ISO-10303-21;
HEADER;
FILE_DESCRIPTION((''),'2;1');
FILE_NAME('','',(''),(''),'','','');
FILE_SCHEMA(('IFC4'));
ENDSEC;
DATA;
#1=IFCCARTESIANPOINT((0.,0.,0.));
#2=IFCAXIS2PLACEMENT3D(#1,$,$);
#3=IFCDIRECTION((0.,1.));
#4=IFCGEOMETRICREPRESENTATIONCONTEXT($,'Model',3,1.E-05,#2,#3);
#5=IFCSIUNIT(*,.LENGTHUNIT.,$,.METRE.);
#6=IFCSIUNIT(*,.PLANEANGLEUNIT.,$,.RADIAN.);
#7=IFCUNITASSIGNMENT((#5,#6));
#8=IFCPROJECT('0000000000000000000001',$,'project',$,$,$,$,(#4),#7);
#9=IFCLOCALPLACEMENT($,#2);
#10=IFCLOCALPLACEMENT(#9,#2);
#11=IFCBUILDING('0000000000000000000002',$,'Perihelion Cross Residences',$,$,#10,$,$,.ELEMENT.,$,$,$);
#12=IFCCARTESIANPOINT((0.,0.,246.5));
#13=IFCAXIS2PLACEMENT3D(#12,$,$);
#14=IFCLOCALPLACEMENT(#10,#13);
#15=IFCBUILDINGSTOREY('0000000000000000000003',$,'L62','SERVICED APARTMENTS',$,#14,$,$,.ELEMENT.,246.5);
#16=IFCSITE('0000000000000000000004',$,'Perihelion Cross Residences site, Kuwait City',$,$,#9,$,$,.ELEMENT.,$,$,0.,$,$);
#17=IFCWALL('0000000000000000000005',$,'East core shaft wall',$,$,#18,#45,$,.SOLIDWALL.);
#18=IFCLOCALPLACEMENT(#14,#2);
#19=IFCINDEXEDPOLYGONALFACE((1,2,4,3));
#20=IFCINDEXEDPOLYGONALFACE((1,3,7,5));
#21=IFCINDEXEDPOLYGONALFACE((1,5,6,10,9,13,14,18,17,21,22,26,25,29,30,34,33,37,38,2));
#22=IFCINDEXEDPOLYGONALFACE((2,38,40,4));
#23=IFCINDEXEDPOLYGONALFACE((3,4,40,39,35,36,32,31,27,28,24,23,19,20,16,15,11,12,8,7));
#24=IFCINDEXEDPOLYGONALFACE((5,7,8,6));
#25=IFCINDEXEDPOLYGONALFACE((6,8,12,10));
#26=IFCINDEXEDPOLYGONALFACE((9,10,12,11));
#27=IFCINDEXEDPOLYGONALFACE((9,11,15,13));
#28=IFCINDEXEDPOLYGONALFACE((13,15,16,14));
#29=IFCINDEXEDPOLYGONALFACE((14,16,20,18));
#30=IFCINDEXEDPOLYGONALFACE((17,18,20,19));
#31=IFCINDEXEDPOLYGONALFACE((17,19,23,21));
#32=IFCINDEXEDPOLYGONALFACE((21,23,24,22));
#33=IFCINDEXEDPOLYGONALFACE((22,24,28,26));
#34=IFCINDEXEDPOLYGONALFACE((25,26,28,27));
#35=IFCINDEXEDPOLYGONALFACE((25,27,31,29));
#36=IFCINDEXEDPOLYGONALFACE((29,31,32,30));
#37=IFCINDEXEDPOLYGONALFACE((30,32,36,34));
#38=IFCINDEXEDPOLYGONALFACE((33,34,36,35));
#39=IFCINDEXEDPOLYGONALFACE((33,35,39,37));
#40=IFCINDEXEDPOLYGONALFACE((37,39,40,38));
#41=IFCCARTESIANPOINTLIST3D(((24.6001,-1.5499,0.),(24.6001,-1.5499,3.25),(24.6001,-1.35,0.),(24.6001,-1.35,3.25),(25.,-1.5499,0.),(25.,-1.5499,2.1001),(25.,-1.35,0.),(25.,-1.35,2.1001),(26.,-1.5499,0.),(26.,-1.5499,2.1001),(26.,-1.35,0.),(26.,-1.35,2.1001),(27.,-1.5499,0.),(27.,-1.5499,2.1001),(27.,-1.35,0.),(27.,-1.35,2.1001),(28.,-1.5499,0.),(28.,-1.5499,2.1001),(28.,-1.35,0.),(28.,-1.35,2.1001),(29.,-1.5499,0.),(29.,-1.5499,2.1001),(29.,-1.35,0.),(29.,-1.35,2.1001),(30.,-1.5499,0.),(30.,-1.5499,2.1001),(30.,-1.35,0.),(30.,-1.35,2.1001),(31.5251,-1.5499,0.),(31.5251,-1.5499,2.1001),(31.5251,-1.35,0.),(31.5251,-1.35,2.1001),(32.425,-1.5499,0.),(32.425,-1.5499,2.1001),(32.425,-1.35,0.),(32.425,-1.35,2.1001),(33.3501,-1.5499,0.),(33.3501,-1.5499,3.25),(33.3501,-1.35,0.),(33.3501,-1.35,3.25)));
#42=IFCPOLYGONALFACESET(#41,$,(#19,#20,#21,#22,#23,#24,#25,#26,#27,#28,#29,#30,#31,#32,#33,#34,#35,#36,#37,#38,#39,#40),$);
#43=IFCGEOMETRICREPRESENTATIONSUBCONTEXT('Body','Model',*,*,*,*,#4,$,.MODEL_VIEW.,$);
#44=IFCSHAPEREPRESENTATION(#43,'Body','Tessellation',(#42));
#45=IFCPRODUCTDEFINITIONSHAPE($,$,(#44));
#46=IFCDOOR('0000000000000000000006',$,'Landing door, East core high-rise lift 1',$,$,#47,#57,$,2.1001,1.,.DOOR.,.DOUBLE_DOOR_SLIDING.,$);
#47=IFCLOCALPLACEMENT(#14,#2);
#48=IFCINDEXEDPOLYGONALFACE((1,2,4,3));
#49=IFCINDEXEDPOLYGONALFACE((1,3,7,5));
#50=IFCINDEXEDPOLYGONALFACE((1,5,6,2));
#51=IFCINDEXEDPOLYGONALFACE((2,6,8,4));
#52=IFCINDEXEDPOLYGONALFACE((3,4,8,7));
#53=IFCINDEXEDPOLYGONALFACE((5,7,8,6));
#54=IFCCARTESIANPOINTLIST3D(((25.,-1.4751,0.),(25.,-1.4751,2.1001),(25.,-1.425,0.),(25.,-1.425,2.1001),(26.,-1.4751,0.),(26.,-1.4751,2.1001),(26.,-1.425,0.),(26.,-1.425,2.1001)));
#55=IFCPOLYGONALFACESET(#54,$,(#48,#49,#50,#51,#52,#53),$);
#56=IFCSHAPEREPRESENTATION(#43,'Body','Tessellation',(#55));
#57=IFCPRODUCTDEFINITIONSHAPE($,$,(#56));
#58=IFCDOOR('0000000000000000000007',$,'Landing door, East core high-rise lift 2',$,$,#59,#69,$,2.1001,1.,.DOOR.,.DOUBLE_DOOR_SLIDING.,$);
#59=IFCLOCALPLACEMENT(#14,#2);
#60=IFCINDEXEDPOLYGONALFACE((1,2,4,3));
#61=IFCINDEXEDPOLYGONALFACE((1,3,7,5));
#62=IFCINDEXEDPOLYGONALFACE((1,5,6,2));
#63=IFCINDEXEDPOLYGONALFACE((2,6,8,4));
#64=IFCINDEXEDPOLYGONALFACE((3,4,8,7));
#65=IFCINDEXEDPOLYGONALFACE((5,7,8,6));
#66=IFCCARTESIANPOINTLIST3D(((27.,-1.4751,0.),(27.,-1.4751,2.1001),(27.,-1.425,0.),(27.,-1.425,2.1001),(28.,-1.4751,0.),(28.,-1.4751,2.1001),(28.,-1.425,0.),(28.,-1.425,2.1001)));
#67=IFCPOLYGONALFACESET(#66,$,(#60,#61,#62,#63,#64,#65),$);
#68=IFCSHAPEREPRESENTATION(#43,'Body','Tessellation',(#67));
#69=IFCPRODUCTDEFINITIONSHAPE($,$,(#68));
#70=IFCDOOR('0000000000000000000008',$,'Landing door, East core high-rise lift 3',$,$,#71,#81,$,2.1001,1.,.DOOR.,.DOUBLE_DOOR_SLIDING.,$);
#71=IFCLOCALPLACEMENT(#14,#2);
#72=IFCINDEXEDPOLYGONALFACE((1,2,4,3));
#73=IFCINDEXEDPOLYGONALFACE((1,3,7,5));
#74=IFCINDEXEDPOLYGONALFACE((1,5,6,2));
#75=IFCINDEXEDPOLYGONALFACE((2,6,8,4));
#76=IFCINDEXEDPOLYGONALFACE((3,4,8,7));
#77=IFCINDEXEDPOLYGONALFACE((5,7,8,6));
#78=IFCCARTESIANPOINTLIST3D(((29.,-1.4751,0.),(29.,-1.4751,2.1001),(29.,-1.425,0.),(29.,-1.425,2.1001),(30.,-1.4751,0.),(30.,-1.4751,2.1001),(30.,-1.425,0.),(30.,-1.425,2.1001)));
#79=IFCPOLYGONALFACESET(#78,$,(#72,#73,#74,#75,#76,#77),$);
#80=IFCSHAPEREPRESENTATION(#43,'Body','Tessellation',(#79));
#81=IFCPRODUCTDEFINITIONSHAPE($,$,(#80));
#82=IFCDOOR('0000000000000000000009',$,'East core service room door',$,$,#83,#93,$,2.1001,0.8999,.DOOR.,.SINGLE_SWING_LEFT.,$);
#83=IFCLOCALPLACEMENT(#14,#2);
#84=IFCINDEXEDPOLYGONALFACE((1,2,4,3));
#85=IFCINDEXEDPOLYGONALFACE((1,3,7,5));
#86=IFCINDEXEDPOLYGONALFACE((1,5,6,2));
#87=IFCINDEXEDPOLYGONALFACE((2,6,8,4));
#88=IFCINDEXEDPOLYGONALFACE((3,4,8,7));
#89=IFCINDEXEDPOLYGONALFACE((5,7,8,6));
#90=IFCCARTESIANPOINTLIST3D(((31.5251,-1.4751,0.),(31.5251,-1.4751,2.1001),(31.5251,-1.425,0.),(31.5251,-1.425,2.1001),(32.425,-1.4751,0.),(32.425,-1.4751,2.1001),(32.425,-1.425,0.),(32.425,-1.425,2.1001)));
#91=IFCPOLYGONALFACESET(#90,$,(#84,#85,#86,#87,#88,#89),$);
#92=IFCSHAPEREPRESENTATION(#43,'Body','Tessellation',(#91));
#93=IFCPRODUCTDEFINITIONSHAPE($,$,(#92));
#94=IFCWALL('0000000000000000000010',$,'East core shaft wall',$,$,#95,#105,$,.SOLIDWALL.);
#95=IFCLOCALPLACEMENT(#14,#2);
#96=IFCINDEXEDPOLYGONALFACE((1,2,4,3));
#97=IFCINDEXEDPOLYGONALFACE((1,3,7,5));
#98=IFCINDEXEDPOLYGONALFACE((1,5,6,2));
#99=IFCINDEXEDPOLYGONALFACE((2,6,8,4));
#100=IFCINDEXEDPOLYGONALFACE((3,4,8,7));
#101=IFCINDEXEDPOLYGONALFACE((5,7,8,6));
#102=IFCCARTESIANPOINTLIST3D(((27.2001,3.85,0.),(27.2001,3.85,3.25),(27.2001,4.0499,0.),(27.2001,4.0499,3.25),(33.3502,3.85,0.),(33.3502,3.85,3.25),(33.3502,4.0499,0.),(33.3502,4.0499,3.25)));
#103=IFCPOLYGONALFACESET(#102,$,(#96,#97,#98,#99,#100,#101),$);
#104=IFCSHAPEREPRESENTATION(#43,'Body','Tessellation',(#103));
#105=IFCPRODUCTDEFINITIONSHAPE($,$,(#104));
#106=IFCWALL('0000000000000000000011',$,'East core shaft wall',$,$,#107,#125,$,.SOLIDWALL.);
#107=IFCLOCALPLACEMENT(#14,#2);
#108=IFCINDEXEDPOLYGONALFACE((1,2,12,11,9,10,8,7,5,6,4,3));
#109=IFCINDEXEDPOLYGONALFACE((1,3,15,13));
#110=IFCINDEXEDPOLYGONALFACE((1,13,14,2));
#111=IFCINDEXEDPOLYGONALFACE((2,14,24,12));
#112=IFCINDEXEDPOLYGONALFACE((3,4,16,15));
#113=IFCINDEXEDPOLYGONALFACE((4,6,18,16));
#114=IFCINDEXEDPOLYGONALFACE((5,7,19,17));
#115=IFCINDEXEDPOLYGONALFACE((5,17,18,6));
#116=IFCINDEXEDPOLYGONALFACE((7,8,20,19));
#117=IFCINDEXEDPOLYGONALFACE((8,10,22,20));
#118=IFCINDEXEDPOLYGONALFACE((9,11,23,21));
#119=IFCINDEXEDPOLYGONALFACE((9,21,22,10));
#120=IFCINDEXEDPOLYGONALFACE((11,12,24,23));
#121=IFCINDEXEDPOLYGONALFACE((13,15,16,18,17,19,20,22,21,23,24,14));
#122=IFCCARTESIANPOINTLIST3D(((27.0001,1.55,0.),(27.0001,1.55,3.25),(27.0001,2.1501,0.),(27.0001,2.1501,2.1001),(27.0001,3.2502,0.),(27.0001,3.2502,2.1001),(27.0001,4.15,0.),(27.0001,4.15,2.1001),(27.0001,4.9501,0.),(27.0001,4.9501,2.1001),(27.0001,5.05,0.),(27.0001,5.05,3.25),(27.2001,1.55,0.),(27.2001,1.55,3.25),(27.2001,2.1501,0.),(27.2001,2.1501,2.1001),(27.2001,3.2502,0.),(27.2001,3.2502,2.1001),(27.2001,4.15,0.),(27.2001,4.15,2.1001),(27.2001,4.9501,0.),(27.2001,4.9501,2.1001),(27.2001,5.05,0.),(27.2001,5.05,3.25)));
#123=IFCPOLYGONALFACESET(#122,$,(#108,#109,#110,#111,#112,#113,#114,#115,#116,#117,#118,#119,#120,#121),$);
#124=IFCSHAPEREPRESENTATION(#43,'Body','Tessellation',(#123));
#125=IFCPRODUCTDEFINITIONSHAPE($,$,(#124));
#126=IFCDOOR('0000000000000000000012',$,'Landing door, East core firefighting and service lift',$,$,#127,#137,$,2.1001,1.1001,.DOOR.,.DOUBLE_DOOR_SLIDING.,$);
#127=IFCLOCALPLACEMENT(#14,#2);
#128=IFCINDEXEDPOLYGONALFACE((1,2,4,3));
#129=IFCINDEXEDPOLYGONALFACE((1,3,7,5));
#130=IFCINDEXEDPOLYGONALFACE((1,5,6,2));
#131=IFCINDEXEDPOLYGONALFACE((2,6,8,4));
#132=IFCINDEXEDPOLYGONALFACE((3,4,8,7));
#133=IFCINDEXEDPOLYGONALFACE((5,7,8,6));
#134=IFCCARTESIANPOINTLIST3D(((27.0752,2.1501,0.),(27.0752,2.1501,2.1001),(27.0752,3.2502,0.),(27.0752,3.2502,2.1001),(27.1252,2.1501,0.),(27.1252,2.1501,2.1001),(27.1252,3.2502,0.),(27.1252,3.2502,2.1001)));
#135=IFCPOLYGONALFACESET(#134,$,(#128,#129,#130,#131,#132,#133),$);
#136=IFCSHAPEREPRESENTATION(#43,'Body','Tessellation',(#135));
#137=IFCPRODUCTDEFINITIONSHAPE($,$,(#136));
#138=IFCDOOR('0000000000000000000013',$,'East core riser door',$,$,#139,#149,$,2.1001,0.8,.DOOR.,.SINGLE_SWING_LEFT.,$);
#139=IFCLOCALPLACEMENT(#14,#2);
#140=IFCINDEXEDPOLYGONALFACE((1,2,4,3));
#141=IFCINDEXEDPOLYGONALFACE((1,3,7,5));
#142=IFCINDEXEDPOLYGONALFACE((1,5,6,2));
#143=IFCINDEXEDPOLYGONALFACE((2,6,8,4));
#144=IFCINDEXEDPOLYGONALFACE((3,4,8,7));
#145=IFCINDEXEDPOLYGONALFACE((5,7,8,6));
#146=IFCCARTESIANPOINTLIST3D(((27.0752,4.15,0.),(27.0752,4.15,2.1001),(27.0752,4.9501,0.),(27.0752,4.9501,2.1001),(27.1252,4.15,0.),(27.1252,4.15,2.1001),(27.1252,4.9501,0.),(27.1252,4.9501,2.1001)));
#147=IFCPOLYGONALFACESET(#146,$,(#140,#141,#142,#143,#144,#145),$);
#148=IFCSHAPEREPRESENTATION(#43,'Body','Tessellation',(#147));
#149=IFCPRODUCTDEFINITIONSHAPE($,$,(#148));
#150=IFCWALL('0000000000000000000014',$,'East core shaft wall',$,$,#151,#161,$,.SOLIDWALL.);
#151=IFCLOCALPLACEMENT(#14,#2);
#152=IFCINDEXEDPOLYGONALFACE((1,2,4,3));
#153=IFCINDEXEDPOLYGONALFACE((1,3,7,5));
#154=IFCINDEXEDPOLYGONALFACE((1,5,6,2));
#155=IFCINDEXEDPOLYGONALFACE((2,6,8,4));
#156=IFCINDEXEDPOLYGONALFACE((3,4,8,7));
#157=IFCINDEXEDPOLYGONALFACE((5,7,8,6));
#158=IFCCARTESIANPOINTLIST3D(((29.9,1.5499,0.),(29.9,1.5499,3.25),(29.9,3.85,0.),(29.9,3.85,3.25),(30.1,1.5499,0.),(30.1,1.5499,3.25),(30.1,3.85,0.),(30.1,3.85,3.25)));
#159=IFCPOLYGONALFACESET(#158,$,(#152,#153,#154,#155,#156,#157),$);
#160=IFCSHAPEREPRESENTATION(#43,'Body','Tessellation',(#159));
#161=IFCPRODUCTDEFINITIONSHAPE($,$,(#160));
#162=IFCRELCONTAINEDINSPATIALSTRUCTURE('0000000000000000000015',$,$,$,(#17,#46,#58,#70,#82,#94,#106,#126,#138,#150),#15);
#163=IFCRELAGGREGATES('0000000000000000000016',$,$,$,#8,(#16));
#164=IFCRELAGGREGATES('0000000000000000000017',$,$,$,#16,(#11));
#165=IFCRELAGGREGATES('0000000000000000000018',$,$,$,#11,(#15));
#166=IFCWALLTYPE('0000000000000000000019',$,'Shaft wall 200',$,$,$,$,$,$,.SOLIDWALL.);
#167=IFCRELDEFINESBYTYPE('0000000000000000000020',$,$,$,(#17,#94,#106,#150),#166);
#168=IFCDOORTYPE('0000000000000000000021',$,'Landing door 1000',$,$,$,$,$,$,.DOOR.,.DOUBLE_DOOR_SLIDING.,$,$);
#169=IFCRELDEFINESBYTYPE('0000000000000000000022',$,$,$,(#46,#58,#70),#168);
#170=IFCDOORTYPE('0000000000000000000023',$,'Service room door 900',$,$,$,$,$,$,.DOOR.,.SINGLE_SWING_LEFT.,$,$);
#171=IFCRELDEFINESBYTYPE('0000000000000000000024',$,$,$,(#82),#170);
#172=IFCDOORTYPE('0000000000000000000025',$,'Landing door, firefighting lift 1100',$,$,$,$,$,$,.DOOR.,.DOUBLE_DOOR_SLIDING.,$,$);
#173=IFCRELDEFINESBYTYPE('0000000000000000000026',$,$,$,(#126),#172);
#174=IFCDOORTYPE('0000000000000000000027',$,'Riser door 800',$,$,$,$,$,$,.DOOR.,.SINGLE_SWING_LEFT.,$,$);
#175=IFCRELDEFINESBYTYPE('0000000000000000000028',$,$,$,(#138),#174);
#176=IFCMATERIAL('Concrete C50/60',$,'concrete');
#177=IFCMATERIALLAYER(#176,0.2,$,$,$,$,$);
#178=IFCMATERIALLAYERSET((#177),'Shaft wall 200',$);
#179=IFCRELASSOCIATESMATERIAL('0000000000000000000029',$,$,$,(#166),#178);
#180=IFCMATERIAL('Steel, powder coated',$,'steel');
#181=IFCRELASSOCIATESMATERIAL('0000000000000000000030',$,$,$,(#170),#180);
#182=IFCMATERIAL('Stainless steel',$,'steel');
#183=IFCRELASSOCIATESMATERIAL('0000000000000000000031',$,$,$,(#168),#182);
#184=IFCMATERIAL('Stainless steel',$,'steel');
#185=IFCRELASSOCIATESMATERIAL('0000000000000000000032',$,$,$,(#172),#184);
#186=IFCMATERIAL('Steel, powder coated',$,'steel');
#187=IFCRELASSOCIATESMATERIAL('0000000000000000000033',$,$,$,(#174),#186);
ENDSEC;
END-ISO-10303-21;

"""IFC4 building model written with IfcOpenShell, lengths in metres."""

from ifc_helpers import new_model, si_unit, direction, frame, frame_2d, origin, place, context, subcontext, project, spatial, rectangle, extrude, material, layer, layer_set, type_object, element, fill, save


model = new_model("IFC4")

# Units and contexts
model_context = context("Model", 3, precision=1e-05, world=origin(), true_north=direction((0.0, 1.0)))
body_context = subcontext(model_context, "Body", "Model", "MODEL_VIEW")
ifc_project = project(units=[si_unit("LENGTHUNIT", "METRE"), si_unit("PLANEANGLEUNIT", "RADIAN")], contexts=[model_context])

# Site, building, storey
site_placement = place(None, origin())
site = spatial("IfcSite", under=ifc_project, at=site_placement, Name="Perihelion Cross Residences site, Kuwait City", CompositionType="ELEMENT", RefElevation=0.0)
building_placement = place(site_placement, origin())
building = spatial("IfcBuilding", under=site, at=building_placement, Name="Perihelion Cross Residences", CompositionType="ELEMENT")
storey_placement = place(building_placement, frame((0.0, 0.0, 246.5)))
storey = spatial("IfcBuildingStorey", under=building, at=storey_placement, Name="L62", Description="SERVICED APARTMENTS", CompositionType="ELEMENT", Elevation=246.5)

# Wall, openings, doors
ifc_material_1 = material(Name="Concrete C50/60", Category="concrete")
ifc_layer_1 = layer(ifc_material_1, 0.2)
ifc_layer_set_1 = layer_set([ifc_layer_1], Name="Shaft wall 200")
wall_type_1 = type_object("IfcWallType", Name="Shaft wall 200", PredefinedType="SOLIDWALL", material=ifc_layer_set_1)
ifc_material_2 = material(Name="Steel, powder coated", Category="steel")
door_type_1 = type_object("IfcDoorType", Name="Service room door 900", OperationType="SINGLE_SWING_LEFT", PredefinedType="DOOR", material=ifc_material_2)
wall_1_placement = place(storey_placement, frame((24.6001, -1.45, 0.0), z_axis=(0.0, 0.0, 1.0), x_axis=(1.0, 0.0, 0.0)))
wall_1 = element("IfcWall", 1, at=wall_1_placement, inside=storey, type_object=wall_type_1, Name="East core shaft wall", PredefinedType="SOLIDWALL", context=body_context, shape_type="SweptSolid", body=[
    extrude(rectangle(XDim=8.75, YDim=0.2, at=frame_2d((4.375, 0.0))), origin(), (0.0, 0.0, 1.0), 3.25),
])
opening_1_placement = place(wall_1_placement, frame((0.3999, 0.0, 0.0)))
opening_1 = element("IfcOpeningElement", 2, at=opening_1_placement, cuts=wall_1, PredefinedType="OPENING", context=body_context, shape_type="SweptSolid", body=[
    extrude(rectangle(XDim=1.0, YDim=2.1001, at=frame_2d((0.5, 1.05))), frame((0.0, 0.1099, 0.0), z_axis=(0.0, -1.0, 0.0), x_axis=(1.0, 0.0, 0.0)), (0.0, 0.0, 1.0), 0.22),
])
opening_2_placement = place(wall_1_placement, frame((2.3999, 0.0, 0.0)))
opening_2 = element("IfcOpeningElement", 3, at=opening_2_placement, cuts=wall_1, PredefinedType="OPENING", context=body_context, shape_type="SweptSolid", body=[
    extrude(rectangle(XDim=1.0, YDim=2.1001, at=frame_2d((0.5, 1.05))), frame((0.0, 0.1099, 0.0), z_axis=(0.0, -1.0, 0.0), x_axis=(1.0, 0.0, 0.0)), (0.0, 0.0, 1.0), 0.22),
])
opening_3_placement = place(wall_1_placement, frame((4.3999, 0.0, 0.0)))
opening_3 = element("IfcOpeningElement", 4, at=opening_3_placement, cuts=wall_1, PredefinedType="OPENING", context=body_context, shape_type="SweptSolid", body=[
    extrude(rectangle(XDim=1.0, YDim=2.1001, at=frame_2d((0.5, 1.05))), frame((0.0, 0.1099, 0.0), z_axis=(0.0, -1.0, 0.0), x_axis=(1.0, 0.0, 0.0)), (0.0, 0.0, 1.0), 0.22),
])
opening_4_placement = place(wall_1_placement, frame((6.925, 0.0, 0.0)))
opening_4 = element("IfcOpeningElement", 5, at=opening_4_placement, cuts=wall_1, PredefinedType="OPENING", context=body_context, shape_type="SweptSolid", body=[
    extrude(rectangle(XDim=0.8999, YDim=2.1001, at=frame_2d((0.45, 1.05))), frame((0.0, 0.1099, 0.0), z_axis=(0.0, -1.0, 0.0), x_axis=(1.0, 0.0, 0.0)), (0.0, 0.0, 1.0), 0.22),
])
ifc_material_3 = material(Name="Stainless steel", Category="steel")
door_type_2 = type_object("IfcDoorType", Name="Landing door 1000", OperationType="DOUBLE_DOOR_SLIDING", PredefinedType="DOOR", material=ifc_material_3)
door_1_placement = place(opening_1_placement, origin())
door_1 = element("IfcDoor", 6, at=door_1_placement, inside=storey, type_object=door_type_2, Name="Landing door, East core high-rise lift 1", OperationType="DOUBLE_DOOR_SLIDING", OverallHeight=2.1001, OverallWidth=1.0, PredefinedType="DOOR", context=body_context, shape_type="SweptSolid", body=[
    extrude(rectangle(XDim=1.0, YDim=2.1001, at=frame_2d((0.5, 1.05))), frame((0.0, 0.0249, 0.0), z_axis=(0.0, -1.0, 0.0), x_axis=(1.0, 0.0, 0.0)), (0.0, 0.0, 1.0), 0.05),
])
fill(opening_1, door_1)
door_2_placement = place(opening_2_placement, origin())
door_2 = element("IfcDoor", 7, at=door_2_placement, inside=storey, type_object=door_type_2, Name="Landing door, East core high-rise lift 2", OperationType="DOUBLE_DOOR_SLIDING", OverallHeight=2.1001, OverallWidth=1.0, PredefinedType="DOOR", context=body_context, shape_type="SweptSolid", body=[
    extrude(rectangle(XDim=1.0, YDim=2.1001, at=frame_2d((0.5, 1.05))), frame((0.0, 0.0249, 0.0), z_axis=(0.0, -1.0, 0.0), x_axis=(1.0, 0.0, 0.0)), (0.0, 0.0, 1.0), 0.05),
])
fill(opening_2, door_2)
door_3_placement = place(opening_3_placement, origin())
door_3 = element("IfcDoor", 8, at=door_3_placement, inside=storey, type_object=door_type_2, Name="Landing door, East core high-rise lift 3", OperationType="DOUBLE_DOOR_SLIDING", OverallHeight=2.1001, OverallWidth=1.0, PredefinedType="DOOR", context=body_context, shape_type="SweptSolid", body=[
    extrude(rectangle(XDim=1.0, YDim=2.1001, at=frame_2d((0.5, 1.05))), frame((0.0, 0.0249, 0.0), z_axis=(0.0, -1.0, 0.0), x_axis=(1.0, 0.0, 0.0)), (0.0, 0.0, 1.0), 0.05),
])
fill(opening_3, door_3)
door_4_placement = place(opening_4_placement, origin())
door_4 = element("IfcDoor", 9, at=door_4_placement, inside=storey, type_object=door_type_1, Name="East core service room door", OperationType="SINGLE_SWING_LEFT", OverallHeight=2.1001, OverallWidth=0.8999, PredefinedType="DOOR", context=body_context, shape_type="SweptSolid", body=[
    extrude(rectangle(XDim=0.8999, YDim=2.1001, at=frame_2d((0.45, 1.05))), frame((0.0, 0.0249, 0.0), z_axis=(0.0, -1.0, 0.0), x_axis=(1.0, 0.0, 0.0)), (0.0, 0.0, 1.0), 0.05),
])
fill(opening_4, door_4)

# Wall
wall_2_placement = place(storey_placement, frame((27.2, 3.95, 0.0), z_axis=(0.0, 0.0, 1.0), x_axis=(1.0, 0.0, 0.0)))
element("IfcWall", 10, at=wall_2_placement, inside=storey, type_object=wall_type_1, Name="East core shaft wall", PredefinedType="SOLIDWALL", context=body_context, shape_type="SweptSolid", body=[
    extrude(rectangle(XDim=6.1501, YDim=0.2, at=frame_2d((3.0752, 0.0))), origin(), (0.0, 0.0, 1.0), 3.25),
])

# Wall, openings, doors
wall_3_placement = place(storey_placement, frame((27.1001, 1.55, 0.0), z_axis=(0.0, 0.0, 1.0), x_axis=(0.0, 1.0, 0.0)))
wall_3 = element("IfcWall", 11, at=wall_3_placement, inside=storey, type_object=wall_type_1, Name="East core shaft wall", PredefinedType="SOLIDWALL", context=body_context, shape_type="SweptSolid", body=[
    extrude(rectangle(XDim=3.5, YDim=0.2, at=frame_2d((1.75, 0.0))), origin(), (0.0, 0.0, 1.0), 3.25),
])
opening_5_placement = place(wall_3_placement, frame((0.6001, 0.0, 0.0)))
opening_5 = element("IfcOpeningElement", 12, at=opening_5_placement, cuts=wall_3, PredefinedType="OPENING", context=body_context, shape_type="SweptSolid", body=[
    extrude(rectangle(XDim=1.1001, YDim=2.1001, at=frame_2d((0.55, 1.05))), frame((0.0, 0.1099, 0.0), z_axis=(0.0, -1.0, 0.0), x_axis=(1.0, 0.0, 0.0)), (0.0, 0.0, 1.0), 0.22),
])
opening_6_placement = place(wall_3_placement, frame((2.6001, 0.0, 0.0)))
opening_6 = element("IfcOpeningElement", 13, at=opening_6_placement, cuts=wall_3, PredefinedType="OPENING", context=body_context, shape_type="SweptSolid", body=[
    extrude(rectangle(XDim=0.8, YDim=2.1001, at=frame_2d((0.3999, 1.05))), frame((0.0, 0.1099, 0.0), z_axis=(0.0, -1.0, 0.0), x_axis=(1.0, 0.0, 0.0)), (0.0, 0.0, 1.0), 0.22),
])
ifc_material_4 = material(Name="Stainless steel", Category="steel")
door_type_3 = type_object("IfcDoorType", Name="Landing door, firefighting lift 1100", OperationType="DOUBLE_DOOR_SLIDING", PredefinedType="DOOR", material=ifc_material_4)
door_5_placement = place(opening_5_placement, origin())
door_5 = element("IfcDoor", 14, at=door_5_placement, inside=storey, type_object=door_type_3, Name="Landing door, East core firefighting and service lift", OperationType="DOUBLE_DOOR_SLIDING", OverallHeight=2.1001, OverallWidth=1.1001, PredefinedType="DOOR", context=body_context, shape_type="SweptSolid", body=[
    extrude(rectangle(XDim=1.1001, YDim=2.1001, at=frame_2d((0.55, 1.05))), frame((0.0, 0.0249, 0.0), z_axis=(0.0, -1.0, 0.0), x_axis=(1.0, 0.0, 0.0)), (0.0, 0.0, 1.0), 0.05),
])
fill(opening_5, door_5)
ifc_material_5 = material(Name="Steel, powder coated", Category="steel")
door_type_4 = type_object("IfcDoorType", Name="Riser door 800", OperationType="SINGLE_SWING_LEFT", PredefinedType="DOOR", material=ifc_material_5)
door_6_placement = place(opening_6_placement, origin())
door_6 = element("IfcDoor", 15, at=door_6_placement, inside=storey, type_object=door_type_4, Name="East core riser door", OperationType="SINGLE_SWING_LEFT", OverallHeight=2.1001, OverallWidth=0.8, PredefinedType="DOOR", context=body_context, shape_type="SweptSolid", body=[
    extrude(rectangle(XDim=0.8, YDim=2.1001, at=frame_2d((0.3999, 1.05))), frame((0.0, 0.0249, 0.0), z_axis=(0.0, -1.0, 0.0), x_axis=(1.0, 0.0, 0.0)), (0.0, 0.0, 1.0), 0.05),
])
fill(opening_6, door_6)

# Wall
for number, where, z_axis, x_axis, name in (
    (16, (30.0, 1.55, 0.0), (0.0, 0.0, 1.0), (0.0, 1.0, 0.0), "East core shaft wall"),
):
    element("IfcWall", number, at=place(storey_placement, frame(where, z_axis=z_axis, x_axis=x_axis)), inside=storey, type_object=wall_type_1, Name=name, PredefinedType="SOLIDWALL", context=body_context, shape_type="SweptSolid", body=[
        extrude(rectangle(XDim=2.3, YDim=0.2, at=frame_2d((1.1499, 0.0))), origin(), (0.0, 0.0, 1.0), 3.25),
    ])

save(model, "model.ifc")
